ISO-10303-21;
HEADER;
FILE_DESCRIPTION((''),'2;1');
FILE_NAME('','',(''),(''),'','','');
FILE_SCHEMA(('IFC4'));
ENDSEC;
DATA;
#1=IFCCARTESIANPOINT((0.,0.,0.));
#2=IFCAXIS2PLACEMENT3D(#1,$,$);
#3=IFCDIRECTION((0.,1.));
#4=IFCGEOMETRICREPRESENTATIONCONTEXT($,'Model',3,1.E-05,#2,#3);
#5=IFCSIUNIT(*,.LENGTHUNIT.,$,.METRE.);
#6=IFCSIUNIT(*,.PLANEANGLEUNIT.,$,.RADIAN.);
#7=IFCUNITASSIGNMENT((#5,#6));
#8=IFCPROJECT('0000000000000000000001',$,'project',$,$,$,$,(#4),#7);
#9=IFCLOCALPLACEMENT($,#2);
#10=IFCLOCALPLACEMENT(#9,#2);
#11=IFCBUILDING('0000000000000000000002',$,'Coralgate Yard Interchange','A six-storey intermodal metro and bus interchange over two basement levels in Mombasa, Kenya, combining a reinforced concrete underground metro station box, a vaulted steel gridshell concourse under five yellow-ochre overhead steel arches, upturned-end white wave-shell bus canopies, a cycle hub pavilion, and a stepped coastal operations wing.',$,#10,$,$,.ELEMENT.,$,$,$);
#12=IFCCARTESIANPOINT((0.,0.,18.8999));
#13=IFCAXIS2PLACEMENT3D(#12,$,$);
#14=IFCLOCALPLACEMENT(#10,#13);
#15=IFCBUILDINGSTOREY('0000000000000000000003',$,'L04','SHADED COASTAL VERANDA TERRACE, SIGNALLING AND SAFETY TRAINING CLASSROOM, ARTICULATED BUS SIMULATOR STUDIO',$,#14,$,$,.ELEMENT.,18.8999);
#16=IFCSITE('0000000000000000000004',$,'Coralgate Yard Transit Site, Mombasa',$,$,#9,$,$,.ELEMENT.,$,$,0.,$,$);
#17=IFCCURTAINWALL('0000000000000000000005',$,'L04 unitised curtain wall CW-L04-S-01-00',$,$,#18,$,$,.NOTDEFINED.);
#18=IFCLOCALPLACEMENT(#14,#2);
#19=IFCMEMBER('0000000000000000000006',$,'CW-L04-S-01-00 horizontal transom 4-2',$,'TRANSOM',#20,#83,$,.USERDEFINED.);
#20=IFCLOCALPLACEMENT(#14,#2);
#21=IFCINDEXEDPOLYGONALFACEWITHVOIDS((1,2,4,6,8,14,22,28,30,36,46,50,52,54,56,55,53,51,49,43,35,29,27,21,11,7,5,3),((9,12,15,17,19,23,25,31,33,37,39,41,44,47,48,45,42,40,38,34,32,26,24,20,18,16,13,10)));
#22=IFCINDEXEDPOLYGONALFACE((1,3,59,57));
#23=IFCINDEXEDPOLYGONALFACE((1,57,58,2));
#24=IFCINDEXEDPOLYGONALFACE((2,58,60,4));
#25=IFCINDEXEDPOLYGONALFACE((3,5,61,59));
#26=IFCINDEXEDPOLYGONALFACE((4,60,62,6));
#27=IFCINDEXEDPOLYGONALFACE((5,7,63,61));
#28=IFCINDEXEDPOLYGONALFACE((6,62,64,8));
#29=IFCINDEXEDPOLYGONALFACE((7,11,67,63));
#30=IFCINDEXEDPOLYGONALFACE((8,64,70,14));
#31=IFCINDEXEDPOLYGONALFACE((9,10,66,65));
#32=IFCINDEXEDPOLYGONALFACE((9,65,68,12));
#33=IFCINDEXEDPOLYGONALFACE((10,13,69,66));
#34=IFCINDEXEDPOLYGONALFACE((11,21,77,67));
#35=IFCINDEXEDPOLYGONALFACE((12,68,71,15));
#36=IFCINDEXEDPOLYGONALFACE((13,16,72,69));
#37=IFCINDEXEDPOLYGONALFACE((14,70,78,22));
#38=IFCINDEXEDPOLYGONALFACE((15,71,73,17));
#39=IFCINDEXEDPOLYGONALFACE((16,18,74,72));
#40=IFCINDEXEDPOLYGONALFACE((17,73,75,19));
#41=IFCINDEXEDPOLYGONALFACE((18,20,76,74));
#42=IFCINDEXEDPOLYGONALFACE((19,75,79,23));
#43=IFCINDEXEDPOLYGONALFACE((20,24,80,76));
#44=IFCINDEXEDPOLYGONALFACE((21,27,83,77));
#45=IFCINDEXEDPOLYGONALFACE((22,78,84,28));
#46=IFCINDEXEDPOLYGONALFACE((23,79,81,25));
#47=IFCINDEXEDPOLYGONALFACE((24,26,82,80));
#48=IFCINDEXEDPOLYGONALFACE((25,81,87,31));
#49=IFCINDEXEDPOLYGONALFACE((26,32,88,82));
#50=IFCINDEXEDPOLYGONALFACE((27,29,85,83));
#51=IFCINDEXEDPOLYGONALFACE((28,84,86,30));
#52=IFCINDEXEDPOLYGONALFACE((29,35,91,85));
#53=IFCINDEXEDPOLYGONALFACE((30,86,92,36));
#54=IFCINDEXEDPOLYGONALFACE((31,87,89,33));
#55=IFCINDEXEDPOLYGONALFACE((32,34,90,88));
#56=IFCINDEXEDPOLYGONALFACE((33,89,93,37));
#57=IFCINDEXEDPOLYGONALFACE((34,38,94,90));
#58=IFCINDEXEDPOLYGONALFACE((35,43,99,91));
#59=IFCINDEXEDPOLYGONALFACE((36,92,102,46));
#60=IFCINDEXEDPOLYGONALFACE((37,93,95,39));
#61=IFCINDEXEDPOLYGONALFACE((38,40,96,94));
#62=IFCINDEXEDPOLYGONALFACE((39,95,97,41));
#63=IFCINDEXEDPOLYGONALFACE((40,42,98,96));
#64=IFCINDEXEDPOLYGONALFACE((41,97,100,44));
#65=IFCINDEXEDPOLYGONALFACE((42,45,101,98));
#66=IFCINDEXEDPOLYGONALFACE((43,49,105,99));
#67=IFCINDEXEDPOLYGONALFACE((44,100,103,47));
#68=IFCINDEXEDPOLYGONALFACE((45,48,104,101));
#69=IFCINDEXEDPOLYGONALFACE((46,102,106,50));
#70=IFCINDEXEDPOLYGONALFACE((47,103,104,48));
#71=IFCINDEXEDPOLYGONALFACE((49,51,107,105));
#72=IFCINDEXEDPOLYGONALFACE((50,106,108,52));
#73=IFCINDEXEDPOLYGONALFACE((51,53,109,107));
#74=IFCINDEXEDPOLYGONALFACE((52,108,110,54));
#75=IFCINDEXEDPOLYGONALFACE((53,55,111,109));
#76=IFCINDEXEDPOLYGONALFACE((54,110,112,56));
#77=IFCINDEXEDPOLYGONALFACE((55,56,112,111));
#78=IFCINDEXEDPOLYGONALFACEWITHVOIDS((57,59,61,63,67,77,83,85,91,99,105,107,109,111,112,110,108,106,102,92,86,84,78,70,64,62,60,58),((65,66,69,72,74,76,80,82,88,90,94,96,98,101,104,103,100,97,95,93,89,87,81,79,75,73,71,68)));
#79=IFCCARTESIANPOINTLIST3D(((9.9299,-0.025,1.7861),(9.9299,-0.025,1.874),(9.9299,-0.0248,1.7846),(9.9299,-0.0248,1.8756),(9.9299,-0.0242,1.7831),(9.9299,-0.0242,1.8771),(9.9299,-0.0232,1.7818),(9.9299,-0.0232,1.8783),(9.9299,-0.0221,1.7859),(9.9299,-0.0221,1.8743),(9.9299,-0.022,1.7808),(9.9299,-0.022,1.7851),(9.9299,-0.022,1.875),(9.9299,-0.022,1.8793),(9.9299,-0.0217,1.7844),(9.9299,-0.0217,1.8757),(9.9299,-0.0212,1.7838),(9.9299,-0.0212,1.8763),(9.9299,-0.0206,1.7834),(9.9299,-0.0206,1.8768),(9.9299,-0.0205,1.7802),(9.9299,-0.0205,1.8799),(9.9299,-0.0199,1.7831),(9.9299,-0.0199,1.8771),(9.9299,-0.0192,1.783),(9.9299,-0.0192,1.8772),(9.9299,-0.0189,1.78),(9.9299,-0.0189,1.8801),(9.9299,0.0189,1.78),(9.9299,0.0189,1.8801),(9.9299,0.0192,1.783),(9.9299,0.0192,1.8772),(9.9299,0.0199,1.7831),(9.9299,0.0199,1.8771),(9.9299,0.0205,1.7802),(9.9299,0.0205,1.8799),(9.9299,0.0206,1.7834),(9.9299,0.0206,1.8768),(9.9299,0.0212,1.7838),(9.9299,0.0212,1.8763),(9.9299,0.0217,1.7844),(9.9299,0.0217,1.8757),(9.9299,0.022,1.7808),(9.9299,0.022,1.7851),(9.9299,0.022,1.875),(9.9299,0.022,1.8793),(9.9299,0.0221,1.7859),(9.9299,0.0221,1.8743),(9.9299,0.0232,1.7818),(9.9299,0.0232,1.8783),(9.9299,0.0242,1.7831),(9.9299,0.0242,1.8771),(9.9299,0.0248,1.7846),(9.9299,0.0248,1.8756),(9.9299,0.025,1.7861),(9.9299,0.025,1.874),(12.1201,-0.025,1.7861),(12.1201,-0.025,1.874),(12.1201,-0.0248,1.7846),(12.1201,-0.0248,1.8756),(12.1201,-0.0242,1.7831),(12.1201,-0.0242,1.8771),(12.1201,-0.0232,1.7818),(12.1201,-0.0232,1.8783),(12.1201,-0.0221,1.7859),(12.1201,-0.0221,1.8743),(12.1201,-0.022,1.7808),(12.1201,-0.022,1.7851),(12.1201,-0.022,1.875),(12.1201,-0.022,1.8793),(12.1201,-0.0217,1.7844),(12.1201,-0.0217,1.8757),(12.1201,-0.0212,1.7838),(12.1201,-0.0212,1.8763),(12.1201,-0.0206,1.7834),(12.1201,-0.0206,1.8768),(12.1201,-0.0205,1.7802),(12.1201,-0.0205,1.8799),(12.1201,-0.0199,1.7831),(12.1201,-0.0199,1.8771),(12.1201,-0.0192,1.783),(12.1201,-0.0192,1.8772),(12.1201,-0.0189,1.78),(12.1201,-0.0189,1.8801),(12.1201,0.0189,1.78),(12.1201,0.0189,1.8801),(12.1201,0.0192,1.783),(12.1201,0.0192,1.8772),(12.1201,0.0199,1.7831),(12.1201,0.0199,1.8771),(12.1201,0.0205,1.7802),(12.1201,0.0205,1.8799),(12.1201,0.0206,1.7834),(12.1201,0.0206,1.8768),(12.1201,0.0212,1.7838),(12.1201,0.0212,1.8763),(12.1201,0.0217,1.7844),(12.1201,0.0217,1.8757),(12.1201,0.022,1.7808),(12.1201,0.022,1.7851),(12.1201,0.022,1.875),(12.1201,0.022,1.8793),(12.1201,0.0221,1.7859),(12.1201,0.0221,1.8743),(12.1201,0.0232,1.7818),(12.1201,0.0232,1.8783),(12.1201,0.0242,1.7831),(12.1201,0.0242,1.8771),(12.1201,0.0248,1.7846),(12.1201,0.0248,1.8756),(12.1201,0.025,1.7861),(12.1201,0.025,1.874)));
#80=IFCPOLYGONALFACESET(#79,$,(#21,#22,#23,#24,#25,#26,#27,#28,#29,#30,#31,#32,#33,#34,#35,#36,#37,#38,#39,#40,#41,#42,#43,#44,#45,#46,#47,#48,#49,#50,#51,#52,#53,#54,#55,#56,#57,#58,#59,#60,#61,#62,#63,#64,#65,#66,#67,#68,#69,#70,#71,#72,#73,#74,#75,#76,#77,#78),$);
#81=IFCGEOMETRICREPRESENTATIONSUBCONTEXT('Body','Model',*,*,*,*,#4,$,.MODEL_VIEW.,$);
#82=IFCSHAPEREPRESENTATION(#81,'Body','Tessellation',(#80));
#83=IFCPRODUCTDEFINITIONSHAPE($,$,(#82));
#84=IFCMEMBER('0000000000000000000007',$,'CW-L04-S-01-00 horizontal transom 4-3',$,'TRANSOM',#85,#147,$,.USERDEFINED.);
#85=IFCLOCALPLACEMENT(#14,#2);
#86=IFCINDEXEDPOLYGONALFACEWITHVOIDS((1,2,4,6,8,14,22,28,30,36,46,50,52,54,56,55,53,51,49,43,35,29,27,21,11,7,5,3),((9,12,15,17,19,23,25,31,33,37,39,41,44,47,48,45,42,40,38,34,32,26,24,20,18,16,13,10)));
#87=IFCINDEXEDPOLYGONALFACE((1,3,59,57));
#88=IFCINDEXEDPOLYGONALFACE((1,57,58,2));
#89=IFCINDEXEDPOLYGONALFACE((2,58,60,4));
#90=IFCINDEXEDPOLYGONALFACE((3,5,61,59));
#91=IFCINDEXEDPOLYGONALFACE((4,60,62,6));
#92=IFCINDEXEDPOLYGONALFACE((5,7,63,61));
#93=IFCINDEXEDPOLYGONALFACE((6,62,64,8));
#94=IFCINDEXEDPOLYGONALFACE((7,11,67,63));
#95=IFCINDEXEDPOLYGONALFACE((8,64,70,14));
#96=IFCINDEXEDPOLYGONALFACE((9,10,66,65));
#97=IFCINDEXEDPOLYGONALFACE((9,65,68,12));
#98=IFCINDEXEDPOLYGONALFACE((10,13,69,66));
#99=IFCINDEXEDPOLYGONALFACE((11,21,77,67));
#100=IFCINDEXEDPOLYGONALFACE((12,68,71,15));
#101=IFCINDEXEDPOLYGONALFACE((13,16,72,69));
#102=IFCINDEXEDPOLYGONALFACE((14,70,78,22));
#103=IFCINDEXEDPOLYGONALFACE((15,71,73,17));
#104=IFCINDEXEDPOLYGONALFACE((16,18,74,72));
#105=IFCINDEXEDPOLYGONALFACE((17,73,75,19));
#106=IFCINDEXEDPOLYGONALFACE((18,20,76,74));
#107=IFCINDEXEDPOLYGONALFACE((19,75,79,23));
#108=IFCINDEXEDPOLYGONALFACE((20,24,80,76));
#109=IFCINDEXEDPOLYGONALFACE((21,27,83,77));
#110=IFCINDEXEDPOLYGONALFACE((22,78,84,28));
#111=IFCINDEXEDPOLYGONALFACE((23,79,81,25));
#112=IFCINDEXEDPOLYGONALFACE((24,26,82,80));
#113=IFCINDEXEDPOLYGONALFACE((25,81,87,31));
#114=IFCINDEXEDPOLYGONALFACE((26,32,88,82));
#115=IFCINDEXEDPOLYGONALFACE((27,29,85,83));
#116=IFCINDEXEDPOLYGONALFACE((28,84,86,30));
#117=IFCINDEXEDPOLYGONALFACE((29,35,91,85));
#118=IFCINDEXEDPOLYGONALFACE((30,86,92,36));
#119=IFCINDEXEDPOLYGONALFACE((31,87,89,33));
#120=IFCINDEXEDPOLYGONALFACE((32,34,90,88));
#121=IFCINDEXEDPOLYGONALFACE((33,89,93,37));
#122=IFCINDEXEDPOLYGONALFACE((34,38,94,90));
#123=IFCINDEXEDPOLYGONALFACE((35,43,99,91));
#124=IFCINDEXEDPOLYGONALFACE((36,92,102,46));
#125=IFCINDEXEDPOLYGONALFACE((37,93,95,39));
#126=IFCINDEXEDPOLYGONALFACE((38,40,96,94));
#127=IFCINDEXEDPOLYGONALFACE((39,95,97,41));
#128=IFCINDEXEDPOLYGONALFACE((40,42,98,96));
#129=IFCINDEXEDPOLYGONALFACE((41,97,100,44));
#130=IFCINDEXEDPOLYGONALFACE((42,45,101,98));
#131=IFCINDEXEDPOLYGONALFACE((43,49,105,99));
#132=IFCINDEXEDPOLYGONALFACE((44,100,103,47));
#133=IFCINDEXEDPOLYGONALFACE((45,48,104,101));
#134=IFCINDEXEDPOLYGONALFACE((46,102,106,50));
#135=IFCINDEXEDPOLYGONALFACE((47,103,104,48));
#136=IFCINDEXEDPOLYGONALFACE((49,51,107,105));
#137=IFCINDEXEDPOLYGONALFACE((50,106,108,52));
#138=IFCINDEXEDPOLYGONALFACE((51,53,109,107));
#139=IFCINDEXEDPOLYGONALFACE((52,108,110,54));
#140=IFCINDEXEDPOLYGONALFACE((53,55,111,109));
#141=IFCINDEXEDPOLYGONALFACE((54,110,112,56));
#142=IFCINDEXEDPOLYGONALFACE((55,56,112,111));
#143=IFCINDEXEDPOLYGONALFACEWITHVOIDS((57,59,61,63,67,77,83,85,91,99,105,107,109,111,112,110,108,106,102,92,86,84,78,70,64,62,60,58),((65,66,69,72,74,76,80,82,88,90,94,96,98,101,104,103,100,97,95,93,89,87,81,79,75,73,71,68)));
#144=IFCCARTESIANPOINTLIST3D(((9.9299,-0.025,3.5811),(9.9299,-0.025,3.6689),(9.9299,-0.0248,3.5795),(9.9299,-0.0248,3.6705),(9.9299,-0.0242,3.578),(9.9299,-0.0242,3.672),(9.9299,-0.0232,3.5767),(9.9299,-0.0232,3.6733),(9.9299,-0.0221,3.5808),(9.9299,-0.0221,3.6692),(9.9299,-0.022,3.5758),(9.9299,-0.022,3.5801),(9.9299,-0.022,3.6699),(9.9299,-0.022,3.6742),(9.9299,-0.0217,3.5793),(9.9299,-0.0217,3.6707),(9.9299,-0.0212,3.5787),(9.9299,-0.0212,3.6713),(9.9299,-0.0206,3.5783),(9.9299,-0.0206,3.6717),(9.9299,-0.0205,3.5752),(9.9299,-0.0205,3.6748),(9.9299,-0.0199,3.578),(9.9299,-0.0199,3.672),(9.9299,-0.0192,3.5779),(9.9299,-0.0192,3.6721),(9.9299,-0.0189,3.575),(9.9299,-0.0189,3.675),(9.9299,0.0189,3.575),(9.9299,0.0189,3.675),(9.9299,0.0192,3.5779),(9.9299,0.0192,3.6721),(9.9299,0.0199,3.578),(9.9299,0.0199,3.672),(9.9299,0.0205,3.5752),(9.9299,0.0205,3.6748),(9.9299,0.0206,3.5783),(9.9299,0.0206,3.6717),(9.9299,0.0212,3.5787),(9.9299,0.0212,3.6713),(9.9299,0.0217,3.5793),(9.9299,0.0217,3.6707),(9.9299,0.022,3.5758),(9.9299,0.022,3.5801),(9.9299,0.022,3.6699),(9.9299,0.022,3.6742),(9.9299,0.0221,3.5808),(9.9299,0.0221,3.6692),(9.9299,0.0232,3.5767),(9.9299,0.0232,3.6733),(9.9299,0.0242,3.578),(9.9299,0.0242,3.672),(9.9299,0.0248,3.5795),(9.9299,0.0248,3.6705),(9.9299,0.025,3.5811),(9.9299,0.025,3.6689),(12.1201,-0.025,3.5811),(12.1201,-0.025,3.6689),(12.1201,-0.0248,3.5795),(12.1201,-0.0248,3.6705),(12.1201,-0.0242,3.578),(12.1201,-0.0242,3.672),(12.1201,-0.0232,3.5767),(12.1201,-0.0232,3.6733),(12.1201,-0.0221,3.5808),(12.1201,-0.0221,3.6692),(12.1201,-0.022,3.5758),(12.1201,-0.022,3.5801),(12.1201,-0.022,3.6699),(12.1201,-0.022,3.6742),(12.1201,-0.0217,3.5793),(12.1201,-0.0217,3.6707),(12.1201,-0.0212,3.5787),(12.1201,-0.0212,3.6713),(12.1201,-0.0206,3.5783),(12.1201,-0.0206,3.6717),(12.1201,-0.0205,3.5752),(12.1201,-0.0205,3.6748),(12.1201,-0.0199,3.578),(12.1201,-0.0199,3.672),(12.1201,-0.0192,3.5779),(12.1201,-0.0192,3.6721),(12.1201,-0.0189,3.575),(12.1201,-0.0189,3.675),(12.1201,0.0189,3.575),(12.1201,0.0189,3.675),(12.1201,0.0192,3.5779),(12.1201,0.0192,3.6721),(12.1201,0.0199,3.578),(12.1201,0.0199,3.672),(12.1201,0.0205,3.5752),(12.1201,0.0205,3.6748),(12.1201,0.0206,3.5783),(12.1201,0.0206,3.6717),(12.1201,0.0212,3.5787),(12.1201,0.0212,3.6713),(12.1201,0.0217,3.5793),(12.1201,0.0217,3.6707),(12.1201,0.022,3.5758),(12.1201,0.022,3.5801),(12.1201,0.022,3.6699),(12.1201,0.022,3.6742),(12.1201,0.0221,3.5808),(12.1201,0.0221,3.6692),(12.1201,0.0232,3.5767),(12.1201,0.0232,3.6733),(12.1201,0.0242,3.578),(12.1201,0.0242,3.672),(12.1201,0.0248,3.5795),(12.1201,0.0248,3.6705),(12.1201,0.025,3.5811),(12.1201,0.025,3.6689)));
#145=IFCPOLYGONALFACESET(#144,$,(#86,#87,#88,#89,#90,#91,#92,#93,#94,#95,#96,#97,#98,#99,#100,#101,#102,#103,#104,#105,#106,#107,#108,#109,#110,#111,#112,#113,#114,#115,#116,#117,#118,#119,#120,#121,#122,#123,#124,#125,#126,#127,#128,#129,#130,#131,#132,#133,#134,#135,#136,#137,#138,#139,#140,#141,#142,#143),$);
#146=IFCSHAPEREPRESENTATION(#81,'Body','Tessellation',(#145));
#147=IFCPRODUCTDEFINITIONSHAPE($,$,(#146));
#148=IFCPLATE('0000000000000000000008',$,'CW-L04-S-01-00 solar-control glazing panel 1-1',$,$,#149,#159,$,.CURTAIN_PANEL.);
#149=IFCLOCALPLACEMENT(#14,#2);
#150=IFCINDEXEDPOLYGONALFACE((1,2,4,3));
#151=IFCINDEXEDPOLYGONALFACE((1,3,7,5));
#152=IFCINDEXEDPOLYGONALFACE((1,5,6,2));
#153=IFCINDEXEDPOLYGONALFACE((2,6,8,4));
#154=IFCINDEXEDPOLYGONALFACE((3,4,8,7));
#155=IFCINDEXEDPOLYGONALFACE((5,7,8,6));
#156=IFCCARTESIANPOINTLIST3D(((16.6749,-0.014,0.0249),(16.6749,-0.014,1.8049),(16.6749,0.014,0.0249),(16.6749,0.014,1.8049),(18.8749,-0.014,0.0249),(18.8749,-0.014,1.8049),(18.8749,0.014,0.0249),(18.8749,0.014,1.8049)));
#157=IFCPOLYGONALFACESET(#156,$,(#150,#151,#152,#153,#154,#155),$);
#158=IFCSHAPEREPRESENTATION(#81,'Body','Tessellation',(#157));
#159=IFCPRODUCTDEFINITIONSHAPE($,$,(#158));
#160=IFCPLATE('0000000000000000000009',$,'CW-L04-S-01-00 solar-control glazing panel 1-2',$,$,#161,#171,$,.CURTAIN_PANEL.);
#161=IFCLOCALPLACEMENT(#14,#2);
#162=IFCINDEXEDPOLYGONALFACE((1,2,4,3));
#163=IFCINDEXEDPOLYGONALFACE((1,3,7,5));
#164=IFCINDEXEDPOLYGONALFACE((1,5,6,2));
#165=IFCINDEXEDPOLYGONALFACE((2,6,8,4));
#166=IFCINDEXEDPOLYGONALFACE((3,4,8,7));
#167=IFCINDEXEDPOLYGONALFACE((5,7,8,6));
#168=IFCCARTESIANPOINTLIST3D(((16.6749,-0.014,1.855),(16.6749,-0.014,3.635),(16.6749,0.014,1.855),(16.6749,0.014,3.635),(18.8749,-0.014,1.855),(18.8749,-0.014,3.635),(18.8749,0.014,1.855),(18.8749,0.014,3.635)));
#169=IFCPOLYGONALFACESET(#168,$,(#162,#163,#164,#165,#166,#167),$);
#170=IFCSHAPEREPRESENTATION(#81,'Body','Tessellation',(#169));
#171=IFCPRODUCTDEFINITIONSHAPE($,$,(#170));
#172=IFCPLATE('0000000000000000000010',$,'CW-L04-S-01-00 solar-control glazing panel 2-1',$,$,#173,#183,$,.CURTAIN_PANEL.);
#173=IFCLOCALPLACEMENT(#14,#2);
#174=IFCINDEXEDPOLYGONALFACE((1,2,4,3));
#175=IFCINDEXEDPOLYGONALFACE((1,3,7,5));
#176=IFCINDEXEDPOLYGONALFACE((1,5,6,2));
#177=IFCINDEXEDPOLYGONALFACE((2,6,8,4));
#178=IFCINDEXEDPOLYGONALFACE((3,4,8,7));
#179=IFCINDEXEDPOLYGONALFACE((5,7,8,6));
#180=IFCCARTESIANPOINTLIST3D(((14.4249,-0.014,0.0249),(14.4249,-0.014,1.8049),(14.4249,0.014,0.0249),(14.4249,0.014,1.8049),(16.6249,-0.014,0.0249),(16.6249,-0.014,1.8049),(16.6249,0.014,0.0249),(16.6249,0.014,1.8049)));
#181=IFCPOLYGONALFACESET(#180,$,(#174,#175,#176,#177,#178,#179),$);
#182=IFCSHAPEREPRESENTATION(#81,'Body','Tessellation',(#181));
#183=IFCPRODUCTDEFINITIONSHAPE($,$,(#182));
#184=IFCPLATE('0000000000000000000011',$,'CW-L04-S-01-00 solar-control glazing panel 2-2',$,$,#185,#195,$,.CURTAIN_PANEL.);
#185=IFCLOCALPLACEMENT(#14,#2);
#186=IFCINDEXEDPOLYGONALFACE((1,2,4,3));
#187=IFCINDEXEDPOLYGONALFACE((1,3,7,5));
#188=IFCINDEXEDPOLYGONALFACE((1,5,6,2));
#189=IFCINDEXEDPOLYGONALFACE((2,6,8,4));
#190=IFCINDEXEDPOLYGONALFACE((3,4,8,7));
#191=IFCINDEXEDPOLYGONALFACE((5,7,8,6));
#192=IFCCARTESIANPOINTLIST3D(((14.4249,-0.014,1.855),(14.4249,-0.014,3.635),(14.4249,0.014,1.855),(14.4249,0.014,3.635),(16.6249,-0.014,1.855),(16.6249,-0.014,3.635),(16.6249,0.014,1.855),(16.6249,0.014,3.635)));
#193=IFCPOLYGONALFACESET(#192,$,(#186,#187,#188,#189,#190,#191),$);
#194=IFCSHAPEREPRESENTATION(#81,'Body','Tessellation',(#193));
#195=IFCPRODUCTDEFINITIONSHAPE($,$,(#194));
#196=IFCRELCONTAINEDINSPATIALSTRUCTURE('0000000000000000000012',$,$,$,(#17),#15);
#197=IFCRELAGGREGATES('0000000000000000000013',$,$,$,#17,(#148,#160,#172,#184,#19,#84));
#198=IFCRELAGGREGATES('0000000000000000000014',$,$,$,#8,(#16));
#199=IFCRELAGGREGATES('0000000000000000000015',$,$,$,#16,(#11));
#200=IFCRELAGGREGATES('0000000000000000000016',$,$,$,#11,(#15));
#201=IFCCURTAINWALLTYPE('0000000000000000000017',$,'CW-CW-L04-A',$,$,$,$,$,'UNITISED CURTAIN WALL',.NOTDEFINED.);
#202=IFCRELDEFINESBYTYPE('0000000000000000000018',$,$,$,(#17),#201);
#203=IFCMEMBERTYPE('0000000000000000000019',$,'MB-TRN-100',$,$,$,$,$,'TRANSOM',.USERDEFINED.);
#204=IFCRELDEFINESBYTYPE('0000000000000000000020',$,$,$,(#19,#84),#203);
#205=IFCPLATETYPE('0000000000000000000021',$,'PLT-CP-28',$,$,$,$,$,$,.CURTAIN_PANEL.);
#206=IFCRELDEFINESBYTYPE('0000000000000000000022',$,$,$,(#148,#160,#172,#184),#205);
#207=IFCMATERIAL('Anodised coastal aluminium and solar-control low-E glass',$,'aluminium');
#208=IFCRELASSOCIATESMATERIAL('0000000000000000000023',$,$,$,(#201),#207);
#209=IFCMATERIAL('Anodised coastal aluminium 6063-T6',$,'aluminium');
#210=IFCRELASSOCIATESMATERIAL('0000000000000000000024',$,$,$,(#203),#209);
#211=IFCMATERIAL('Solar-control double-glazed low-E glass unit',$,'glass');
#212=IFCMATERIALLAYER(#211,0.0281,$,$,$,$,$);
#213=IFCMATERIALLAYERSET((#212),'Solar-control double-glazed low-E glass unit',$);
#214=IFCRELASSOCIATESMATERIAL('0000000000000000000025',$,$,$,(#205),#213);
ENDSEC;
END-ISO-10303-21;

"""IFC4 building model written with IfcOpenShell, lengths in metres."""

from ifc_helpers import new_model, si_unit, direction, frame, origin, origin_2d, place, context, subcontext, project, spatial, rectangle, hollow_rectangle, extrude, material, layer, layer_set, material_profile, profile_set, type_object, element, aggregate, save


model = new_model("IFC4")

# Units and contexts
model_context = context("Model", 3, precision=1e-05, world=origin(), true_north=direction((0.0, 1.0)))
body_context = subcontext(model_context, "Body", "Model", "MODEL_VIEW")
ifc_project = project(units=[si_unit("LENGTHUNIT", "METRE"), si_unit("PLANEANGLEUNIT", "RADIAN")], contexts=[model_context])

# Site, building, storey
site_placement = place(None, origin())
site = spatial("IfcSite", under=ifc_project, at=site_placement, Name="Coralgate Yard Transit Site, Mombasa", CompositionType="ELEMENT", RefElevation=0.0)
building_placement = place(site_placement, origin())
building = spatial("IfcBuilding", under=site, at=building_placement, Name="Coralgate Yard Interchange", Description="A six-storey intermodal metro and bus interchange over two basement levels in Mombasa, Kenya, combining a reinforced concrete underground metro station box, a vaulted steel gridshell concourse under five yellow-ochre overhead steel arches, upturned-end white wave-shell bus canopies, a cycle hub pavilion, and a stepped coastal operations wing.", CompositionType="ELEMENT")
storey_placement = place(building_placement, frame((0.0, 0.0, 18.8999)))
storey = spatial("IfcBuildingStorey", under=building, at=storey_placement, Name="L04", Description="SHADED COASTAL VERANDA TERRACE, SIGNALLING AND SAFETY TRAINING CLASSROOM, ARTICULATED BUS SIMULATOR STUDIO", CompositionType="ELEMENT", Elevation=18.8999)

# Curtain wall, members, plates
ifc_material_1 = material(Name="Anodised coastal aluminium and solar-control low-E glass", Category="aluminium")
curtain_wall_type = type_object("IfcCurtainWallType", Name="CW-CW-L04-A", ElementType="UNITISED CURTAIN WALL", PredefinedType="NOTDEFINED", material=ifc_material_1)
curtain_wall_placement = place(storey_placement, origin())
curtain_wall = element("IfcCurtainWall", 1, at=curtain_wall_placement, inside=storey, type_object=curtain_wall_type, Name="L04 unitised curtain wall CW-L04-S-01-00", PredefinedType="NOTDEFINED")
ifc_material_2 = material(Name="Anodised coastal aluminium 6063-T6", Category="aluminium")
ifc_material_profile_1 = material_profile(ifc_material_2, hollow_rectangle(XDim=0.05, YDim=0.1001, WallThickness=0.0029, InnerFilletRadius=0.0029, OuterFilletRadius=0.0061, at=origin_2d()), Name="ALU 50x100x3")
ifc_profile_set_1 = profile_set([ifc_material_profile_1], Name="Anodised coastal aluminium 6063-T6")
member_type_1 = type_object("IfcMemberType", Name="MB-TRN-100", ElementType="TRANSOM", PredefinedType="USERDEFINED", material=ifc_profile_set_1)
member_1_placement = place(storey_placement, frame((12.1201, 0.0, 1.8301), z_axis=(-1.0, 0.0, 0.0), x_axis=(0.0, -1.0, 0.0)))
member_1 = element("IfcMember", 2, at=member_1_placement, type_object=member_type_1, Name="CW-L04-S-01-00 horizontal transom 4-2", ObjectType="TRANSOM", PredefinedType="USERDEFINED", context=body_context, shape_type="SweptSolid", body=[
    extrude(hollow_rectangle(XDim=0.05, YDim=0.1001, WallThickness=0.0029, InnerFilletRadius=0.0029, OuterFilletRadius=0.0061, at=origin_2d()), origin(), (0.0, 0.0, 1.0), 2.1902),
])
member_2_placement = place(storey_placement, frame((12.1201, 0.0, 3.625), z_axis=(-1.0, 0.0, 0.0), x_axis=(0.0, -1.0, 0.0)))
member_2 = element("IfcMember", 3, at=member_2_placement, type_object=member_type_1, Name="CW-L04-S-01-00 horizontal transom 4-3", ObjectType="TRANSOM", PredefinedType="USERDEFINED", context=body_context, shape_type="SweptSolid", body=[
    extrude(hollow_rectangle(XDim=0.05, YDim=0.1001, WallThickness=0.0029, InnerFilletRadius=0.0029, OuterFilletRadius=0.0061, at=origin_2d()), origin(), (0.0, 0.0, 1.0), 2.1902),
])
ifc_material_3 = material(Name="Solar-control double-glazed low-E glass unit", Category="glass")
ifc_layer_1 = layer(ifc_material_3, 0.0281)
ifc_layer_set_1 = layer_set([ifc_layer_1], Name="Solar-control double-glazed low-E glass unit")
plate_type = type_object("IfcPlateType", Name="PLT-CP-28", PredefinedType="CURTAIN_PANEL", material=ifc_layer_set_1)
plate_1_placement = place(storey_placement, frame((17.7749, 0.0, 0.0249), z_axis=(0.0, 0.0, 1.0), x_axis=(-1.0, 0.0, 0.0)))
plate_1 = element("IfcPlate", 4, at=plate_1_placement, type_object=plate_type, Name="CW-L04-S-01-00 solar-control glazing panel 1-1", PredefinedType="CURTAIN_PANEL", context=body_context, shape_type="SweptSolid", body=[
    extrude(rectangle(XDim=2.2, YDim=0.0281, at=origin_2d()), origin(), (0.0, 0.0, 1.0), 1.78),
])
plate_2_placement = place(storey_placement, frame((17.7749, 0.0, 1.855), z_axis=(0.0, 0.0, 1.0), x_axis=(-1.0, 0.0, 0.0)))
plate_2 = element("IfcPlate", 5, at=plate_2_placement, type_object=plate_type, Name="CW-L04-S-01-00 solar-control glazing panel 1-2", PredefinedType="CURTAIN_PANEL", context=body_context, shape_type="SweptSolid", body=[
    extrude(rectangle(XDim=2.2, YDim=0.0281, at=origin_2d()), origin(), (0.0, 0.0, 1.0), 1.78),
])
plate_3_placement = place(storey_placement, frame((15.5249, 0.0, 0.0249), z_axis=(0.0, 0.0, 1.0), x_axis=(-1.0, 0.0, 0.0)))
plate_3 = element("IfcPlate", 6, at=plate_3_placement, type_object=plate_type, Name="CW-L04-S-01-00 solar-control glazing panel 2-1", PredefinedType="CURTAIN_PANEL", context=body_context, shape_type="SweptSolid", body=[
    extrude(rectangle(XDim=2.2, YDim=0.0281, at=origin_2d()), origin(), (0.0, 0.0, 1.0), 1.78),
])
plate_4_placement = place(storey_placement, frame((15.5249, 0.0, 1.855), z_axis=(0.0, 0.0, 1.0), x_axis=(-1.0, 0.0, 0.0)))
plate_4 = element("IfcPlate", 7, at=plate_4_placement, type_object=plate_type, Name="CW-L04-S-01-00 solar-control glazing panel 2-2", PredefinedType="CURTAIN_PANEL", context=body_context, shape_type="SweptSolid", body=[
    extrude(rectangle(XDim=2.2, YDim=0.0281, at=origin_2d()), origin(), (0.0, 0.0, 1.0), 1.78),
])
aggregate(curtain_wall, [plate_1, plate_2, plate_3, plate_4, member_1, member_2])

save(model, "model.ifc")
